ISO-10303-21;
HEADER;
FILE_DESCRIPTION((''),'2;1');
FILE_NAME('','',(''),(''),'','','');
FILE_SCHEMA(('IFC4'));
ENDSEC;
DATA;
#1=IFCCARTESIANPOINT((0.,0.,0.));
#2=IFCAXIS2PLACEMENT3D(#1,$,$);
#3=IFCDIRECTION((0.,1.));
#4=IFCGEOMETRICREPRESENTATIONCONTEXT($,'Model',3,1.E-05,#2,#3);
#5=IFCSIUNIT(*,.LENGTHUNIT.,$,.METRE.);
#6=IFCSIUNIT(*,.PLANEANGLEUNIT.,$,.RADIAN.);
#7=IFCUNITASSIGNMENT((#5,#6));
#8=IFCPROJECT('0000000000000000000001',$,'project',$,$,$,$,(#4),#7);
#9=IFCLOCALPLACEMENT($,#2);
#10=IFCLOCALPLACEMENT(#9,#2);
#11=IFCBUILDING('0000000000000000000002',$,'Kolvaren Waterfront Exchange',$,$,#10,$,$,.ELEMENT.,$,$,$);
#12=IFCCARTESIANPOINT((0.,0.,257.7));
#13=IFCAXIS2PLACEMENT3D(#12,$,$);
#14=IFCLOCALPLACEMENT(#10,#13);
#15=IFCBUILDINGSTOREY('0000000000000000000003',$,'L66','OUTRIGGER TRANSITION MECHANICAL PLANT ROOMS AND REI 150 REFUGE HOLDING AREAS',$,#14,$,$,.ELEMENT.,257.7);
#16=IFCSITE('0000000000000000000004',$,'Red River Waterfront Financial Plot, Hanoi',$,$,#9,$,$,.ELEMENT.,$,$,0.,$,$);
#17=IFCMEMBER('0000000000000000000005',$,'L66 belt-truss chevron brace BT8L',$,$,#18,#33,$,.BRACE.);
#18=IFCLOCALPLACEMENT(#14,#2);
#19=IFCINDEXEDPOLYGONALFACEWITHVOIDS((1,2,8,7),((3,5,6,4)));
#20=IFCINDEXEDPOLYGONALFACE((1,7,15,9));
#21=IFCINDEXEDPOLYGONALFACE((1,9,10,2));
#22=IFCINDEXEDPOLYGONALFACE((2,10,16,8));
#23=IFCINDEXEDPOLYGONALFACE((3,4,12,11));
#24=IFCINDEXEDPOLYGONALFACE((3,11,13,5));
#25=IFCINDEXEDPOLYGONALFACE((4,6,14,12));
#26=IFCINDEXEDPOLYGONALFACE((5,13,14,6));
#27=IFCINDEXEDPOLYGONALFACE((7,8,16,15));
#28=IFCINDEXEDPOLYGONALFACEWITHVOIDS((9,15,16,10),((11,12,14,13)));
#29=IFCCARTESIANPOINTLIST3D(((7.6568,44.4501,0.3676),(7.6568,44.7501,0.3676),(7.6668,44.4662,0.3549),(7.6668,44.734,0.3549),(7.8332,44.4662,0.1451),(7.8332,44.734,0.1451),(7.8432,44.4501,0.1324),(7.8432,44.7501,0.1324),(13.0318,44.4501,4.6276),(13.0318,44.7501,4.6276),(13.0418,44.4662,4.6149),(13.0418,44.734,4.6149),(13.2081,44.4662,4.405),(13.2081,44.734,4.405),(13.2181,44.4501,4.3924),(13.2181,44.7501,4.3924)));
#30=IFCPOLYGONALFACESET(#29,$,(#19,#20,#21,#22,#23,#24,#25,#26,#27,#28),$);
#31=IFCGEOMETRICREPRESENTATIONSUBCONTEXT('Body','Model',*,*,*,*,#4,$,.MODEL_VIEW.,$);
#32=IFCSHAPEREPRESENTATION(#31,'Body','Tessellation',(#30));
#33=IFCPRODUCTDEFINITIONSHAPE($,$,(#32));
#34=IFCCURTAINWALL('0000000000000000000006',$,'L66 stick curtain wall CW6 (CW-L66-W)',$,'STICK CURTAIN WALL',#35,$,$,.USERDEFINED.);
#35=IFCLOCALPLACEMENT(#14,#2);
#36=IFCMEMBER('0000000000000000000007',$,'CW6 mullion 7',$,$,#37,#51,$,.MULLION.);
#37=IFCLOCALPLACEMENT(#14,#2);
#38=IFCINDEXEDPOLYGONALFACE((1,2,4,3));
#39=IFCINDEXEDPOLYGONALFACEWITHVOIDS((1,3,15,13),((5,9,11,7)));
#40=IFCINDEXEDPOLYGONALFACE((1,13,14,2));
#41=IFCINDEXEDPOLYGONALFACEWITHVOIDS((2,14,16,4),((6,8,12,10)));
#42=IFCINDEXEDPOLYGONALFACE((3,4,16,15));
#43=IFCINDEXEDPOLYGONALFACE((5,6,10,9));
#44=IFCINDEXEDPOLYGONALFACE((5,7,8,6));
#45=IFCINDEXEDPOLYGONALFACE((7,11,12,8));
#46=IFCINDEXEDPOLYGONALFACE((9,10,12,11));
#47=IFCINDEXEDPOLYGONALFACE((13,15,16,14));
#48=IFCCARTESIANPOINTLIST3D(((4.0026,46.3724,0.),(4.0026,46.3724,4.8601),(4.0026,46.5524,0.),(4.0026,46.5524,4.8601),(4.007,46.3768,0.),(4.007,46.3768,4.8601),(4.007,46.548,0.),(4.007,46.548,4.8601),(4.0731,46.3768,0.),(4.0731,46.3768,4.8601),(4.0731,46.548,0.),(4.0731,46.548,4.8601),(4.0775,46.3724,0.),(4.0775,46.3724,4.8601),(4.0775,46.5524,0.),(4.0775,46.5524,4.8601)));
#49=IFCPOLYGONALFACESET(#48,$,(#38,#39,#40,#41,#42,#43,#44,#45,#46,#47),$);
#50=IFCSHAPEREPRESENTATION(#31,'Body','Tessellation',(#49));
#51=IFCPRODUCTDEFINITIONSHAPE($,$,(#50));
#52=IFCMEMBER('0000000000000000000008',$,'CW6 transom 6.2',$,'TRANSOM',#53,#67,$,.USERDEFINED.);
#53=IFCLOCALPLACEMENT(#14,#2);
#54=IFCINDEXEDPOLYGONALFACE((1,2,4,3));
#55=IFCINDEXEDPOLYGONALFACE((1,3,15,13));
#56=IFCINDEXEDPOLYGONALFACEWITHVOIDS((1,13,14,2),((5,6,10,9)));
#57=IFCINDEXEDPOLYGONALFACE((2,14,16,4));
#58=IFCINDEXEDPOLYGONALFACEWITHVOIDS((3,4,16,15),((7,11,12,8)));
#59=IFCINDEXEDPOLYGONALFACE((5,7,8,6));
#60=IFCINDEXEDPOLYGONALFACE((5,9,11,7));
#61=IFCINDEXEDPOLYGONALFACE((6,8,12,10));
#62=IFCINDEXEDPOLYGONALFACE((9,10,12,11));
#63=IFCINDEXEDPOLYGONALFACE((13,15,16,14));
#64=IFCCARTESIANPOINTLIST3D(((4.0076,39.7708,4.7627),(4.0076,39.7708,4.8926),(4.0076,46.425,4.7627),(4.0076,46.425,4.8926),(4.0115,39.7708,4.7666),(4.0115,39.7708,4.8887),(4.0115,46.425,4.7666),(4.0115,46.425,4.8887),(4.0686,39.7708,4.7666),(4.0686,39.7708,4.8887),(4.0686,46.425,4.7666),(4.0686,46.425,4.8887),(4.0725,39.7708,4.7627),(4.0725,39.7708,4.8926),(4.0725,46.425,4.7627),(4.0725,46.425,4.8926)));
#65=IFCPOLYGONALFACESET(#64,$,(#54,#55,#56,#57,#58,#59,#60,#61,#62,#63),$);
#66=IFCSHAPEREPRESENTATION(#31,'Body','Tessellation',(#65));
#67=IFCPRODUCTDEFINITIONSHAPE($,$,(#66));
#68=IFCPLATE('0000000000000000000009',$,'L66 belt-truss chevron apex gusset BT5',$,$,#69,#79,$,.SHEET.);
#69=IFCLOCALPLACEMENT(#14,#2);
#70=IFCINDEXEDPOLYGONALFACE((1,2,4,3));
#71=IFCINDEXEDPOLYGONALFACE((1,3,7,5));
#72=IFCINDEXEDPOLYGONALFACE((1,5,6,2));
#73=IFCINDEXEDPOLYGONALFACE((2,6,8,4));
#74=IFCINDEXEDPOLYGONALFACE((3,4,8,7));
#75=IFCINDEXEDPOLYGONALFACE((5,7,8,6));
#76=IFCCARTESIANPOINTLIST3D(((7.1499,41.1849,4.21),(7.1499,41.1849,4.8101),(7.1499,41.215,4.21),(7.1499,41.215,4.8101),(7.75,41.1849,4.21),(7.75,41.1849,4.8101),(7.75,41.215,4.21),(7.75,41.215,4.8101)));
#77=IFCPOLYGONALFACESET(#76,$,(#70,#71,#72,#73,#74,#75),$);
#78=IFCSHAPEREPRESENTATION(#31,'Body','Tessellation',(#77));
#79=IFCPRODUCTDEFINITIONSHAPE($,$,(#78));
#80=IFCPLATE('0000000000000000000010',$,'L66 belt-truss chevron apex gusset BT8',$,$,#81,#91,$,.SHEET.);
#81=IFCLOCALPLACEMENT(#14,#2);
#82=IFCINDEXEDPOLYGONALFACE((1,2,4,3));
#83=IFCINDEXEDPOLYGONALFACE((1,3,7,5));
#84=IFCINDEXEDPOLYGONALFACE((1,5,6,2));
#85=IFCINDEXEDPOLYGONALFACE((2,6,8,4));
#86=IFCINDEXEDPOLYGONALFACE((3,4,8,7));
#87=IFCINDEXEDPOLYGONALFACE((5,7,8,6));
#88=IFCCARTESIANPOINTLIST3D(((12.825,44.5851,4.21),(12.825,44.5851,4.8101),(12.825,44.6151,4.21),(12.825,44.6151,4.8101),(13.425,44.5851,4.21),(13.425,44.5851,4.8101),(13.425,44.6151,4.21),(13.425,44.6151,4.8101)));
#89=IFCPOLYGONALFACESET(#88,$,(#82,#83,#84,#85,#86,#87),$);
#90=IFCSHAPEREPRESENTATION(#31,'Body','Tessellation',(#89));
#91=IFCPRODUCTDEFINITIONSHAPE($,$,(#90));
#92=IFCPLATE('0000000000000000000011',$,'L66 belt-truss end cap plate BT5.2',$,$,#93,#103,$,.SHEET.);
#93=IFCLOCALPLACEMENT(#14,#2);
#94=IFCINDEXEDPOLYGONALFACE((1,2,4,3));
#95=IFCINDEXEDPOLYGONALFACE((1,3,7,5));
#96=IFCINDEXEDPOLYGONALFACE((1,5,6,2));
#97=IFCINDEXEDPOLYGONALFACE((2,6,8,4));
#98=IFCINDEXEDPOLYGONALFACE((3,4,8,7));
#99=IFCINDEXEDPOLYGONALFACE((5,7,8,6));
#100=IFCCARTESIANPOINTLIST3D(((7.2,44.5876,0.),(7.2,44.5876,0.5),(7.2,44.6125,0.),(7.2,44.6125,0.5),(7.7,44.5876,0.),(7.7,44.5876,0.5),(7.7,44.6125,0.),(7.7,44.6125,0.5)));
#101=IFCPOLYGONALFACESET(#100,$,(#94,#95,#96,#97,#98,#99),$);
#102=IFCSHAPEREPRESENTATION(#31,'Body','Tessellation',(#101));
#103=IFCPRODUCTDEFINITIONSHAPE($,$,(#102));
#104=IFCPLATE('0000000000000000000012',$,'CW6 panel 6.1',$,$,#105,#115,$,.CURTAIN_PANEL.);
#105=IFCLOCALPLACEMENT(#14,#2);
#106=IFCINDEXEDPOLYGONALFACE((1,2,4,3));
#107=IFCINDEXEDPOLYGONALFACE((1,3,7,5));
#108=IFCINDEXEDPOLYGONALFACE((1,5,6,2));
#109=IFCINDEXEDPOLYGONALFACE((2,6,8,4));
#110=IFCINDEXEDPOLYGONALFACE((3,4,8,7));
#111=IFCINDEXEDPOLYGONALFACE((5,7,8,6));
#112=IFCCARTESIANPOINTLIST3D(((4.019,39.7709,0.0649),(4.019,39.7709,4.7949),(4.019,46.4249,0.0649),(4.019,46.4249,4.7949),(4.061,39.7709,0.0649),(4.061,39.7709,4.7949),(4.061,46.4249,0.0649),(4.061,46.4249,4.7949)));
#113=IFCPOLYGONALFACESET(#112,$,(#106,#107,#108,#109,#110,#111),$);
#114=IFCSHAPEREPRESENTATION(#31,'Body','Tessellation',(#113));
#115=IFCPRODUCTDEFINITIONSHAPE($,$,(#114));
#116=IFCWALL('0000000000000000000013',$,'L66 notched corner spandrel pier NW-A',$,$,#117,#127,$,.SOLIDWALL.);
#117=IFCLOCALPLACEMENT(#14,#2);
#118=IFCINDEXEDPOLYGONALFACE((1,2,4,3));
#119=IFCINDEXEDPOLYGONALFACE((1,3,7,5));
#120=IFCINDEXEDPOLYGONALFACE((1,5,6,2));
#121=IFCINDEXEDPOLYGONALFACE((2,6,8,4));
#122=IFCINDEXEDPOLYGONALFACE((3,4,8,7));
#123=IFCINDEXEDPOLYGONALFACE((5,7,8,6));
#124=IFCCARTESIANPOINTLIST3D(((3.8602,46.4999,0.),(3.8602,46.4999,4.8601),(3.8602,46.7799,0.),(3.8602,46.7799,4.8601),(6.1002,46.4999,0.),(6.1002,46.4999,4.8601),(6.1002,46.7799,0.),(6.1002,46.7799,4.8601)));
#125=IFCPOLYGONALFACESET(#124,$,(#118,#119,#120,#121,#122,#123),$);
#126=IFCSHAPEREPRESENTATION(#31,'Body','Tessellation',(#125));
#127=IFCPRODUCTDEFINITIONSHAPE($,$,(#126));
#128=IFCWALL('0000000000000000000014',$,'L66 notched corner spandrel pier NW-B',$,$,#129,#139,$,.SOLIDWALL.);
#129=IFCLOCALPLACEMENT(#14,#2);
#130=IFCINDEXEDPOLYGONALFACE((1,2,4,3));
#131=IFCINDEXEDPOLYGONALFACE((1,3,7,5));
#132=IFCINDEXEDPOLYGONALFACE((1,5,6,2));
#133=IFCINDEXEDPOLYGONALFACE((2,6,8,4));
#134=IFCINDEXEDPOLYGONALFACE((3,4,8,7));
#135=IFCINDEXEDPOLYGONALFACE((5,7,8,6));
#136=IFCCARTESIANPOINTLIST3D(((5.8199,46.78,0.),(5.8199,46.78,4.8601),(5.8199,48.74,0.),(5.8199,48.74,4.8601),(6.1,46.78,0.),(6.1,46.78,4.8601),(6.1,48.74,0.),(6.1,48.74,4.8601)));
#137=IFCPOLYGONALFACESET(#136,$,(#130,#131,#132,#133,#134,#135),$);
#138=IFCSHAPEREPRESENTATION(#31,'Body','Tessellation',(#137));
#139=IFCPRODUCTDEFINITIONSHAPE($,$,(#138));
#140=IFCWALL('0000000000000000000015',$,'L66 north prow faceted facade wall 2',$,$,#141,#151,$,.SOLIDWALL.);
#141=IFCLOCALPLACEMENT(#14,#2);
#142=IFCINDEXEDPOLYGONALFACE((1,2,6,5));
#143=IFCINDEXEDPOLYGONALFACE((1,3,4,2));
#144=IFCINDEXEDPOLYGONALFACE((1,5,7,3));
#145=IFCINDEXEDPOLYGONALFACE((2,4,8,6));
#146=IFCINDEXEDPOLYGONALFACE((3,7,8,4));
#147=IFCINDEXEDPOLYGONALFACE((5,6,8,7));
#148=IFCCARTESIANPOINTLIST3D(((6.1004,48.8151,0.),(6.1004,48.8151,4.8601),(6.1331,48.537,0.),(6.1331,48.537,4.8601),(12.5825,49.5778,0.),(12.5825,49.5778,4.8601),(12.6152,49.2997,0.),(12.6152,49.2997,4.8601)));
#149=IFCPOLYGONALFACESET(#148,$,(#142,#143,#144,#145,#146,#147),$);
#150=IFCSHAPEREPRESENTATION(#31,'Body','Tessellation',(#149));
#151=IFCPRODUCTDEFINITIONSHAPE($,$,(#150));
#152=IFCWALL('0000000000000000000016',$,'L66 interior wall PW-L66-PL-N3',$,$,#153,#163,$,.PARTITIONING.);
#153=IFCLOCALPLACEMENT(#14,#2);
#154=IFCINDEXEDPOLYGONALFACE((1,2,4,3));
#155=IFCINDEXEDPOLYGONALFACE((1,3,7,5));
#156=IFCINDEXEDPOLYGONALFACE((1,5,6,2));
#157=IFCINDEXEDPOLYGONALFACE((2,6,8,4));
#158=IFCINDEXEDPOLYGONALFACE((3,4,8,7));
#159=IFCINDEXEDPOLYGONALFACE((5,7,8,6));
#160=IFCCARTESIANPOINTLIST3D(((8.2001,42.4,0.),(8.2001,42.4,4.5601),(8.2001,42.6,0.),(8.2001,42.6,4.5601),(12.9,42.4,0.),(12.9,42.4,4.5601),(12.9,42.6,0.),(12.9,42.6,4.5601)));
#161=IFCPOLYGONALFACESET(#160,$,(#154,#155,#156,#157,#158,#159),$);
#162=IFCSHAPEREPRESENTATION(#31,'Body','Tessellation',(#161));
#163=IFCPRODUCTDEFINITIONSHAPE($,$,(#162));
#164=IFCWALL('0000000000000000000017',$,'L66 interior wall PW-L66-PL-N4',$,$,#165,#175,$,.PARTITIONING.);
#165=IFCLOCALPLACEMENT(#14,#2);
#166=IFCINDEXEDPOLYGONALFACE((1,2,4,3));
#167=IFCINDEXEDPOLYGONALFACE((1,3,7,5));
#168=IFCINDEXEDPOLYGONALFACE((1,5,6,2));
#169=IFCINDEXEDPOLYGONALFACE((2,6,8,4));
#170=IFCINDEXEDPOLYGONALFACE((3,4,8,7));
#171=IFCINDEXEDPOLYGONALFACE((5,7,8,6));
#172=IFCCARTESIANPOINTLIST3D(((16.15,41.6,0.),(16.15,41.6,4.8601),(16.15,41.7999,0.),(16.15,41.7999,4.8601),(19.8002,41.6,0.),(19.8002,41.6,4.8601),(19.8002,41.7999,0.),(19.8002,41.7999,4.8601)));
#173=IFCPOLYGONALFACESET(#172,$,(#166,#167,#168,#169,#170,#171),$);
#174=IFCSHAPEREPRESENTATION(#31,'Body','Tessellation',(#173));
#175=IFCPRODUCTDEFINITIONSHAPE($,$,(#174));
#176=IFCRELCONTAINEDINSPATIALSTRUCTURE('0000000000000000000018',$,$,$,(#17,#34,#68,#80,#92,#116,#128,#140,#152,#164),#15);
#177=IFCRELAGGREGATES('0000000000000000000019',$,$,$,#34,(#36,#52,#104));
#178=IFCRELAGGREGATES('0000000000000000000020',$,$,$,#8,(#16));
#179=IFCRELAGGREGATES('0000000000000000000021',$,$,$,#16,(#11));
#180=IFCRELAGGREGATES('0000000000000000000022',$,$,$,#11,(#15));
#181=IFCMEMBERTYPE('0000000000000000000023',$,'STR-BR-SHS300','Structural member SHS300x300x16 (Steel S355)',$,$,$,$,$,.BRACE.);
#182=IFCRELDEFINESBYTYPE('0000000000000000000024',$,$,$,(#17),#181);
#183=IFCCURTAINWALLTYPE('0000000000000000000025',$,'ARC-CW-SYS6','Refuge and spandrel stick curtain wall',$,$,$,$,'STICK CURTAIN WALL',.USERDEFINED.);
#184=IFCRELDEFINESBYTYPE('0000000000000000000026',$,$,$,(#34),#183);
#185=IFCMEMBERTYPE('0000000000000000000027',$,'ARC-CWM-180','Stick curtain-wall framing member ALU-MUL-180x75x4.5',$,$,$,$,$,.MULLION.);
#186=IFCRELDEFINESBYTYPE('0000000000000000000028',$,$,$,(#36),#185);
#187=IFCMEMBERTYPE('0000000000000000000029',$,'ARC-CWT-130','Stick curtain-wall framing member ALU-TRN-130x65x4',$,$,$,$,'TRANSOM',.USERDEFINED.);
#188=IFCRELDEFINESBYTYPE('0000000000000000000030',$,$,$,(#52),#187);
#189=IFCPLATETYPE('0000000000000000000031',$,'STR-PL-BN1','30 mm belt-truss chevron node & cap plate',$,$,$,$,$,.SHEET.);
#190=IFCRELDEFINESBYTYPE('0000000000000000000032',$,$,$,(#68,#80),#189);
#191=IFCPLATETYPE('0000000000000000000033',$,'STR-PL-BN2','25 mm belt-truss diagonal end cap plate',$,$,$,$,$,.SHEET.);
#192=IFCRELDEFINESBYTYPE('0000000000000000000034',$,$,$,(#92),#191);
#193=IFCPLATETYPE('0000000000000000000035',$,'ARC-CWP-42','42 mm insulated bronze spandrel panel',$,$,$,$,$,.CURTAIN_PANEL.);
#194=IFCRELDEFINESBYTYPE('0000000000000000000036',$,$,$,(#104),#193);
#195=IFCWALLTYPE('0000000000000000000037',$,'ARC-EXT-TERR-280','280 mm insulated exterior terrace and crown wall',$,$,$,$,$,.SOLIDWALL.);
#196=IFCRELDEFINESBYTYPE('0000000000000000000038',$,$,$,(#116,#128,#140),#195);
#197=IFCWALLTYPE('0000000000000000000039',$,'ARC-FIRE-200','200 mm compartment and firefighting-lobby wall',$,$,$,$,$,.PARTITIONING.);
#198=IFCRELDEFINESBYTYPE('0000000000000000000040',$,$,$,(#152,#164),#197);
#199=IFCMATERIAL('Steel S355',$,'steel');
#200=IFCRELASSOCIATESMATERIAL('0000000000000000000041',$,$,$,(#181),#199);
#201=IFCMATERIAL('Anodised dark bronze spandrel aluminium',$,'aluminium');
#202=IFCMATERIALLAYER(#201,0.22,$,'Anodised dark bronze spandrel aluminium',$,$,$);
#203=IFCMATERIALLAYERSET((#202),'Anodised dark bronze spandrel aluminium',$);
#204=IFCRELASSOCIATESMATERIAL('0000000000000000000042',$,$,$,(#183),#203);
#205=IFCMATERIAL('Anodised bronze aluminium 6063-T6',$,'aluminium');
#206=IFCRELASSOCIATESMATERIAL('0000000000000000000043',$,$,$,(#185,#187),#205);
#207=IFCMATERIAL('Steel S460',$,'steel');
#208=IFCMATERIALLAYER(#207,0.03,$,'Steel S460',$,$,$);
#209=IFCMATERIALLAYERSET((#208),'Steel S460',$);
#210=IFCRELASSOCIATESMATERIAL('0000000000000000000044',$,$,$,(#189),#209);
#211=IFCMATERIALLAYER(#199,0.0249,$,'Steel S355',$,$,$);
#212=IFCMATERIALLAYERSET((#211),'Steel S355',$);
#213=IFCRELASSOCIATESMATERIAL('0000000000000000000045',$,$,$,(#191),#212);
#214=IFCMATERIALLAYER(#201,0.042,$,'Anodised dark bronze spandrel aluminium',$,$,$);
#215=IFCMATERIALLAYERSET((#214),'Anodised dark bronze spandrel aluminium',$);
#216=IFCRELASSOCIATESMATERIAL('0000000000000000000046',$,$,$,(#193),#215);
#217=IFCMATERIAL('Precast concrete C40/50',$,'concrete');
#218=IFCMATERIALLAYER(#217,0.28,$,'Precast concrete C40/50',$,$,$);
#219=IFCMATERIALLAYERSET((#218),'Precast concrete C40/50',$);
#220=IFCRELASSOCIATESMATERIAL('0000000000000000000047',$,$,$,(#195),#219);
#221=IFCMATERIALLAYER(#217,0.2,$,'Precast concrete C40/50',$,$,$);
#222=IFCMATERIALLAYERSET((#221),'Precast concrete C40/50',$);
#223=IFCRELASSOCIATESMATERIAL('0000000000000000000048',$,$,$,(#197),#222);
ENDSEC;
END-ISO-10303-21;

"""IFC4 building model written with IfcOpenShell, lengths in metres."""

from ifc_helpers import new_model, si_unit, direction, frame, frame_2d, origin, origin_with_axes, origin_2d, place, context, subcontext, project, spatial, rectangle, hollow_rectangle, extrude, source, transform, mapped, material, layer, layer_set, material_profile, profile_set, type_object, element, aggregate, save


model = new_model("IFC4")

# Units and contexts
model_context = context("Model", 3, precision=1e-05, world=origin(), true_north=direction((0.0, 1.0)))
body_context = subcontext(model_context, "Body", "Model", "MODEL_VIEW")
ifc_project = project(units=[si_unit("LENGTHUNIT", "METRE"), si_unit("PLANEANGLEUNIT", "RADIAN")], contexts=[model_context])

# Site, building, storey
site_placement = place(None, origin())
site = spatial("IfcSite", under=ifc_project, at=site_placement, Name="Red River Waterfront Financial Plot, Hanoi", CompositionType="ELEMENT", RefElevation=0.0)
building_placement = place(site_placement, origin())
building = spatial("IfcBuilding", under=site, at=building_placement, Name="Kolvaren Waterfront Exchange", CompositionType="ELEMENT")
storey_placement = place(building_placement, frame((0.0, 0.0, 257.7)))
storey = spatial("IfcBuildingStorey", under=building, at=storey_placement, Name="L66", Description="OUTRIGGER TRANSITION MECHANICAL PLANT ROOMS AND REI 150 REFUGE HOLDING AREAS", CompositionType="ELEMENT", Elevation=257.7)

# Shared definitions
ifc_material_1 = material(Name="Steel S355", Category="steel")

# Member
ifc_material_2 = material(Name="Steel S460", Category="steel")
ifc_material_profile_1 = material_profile(ifc_material_1, hollow_rectangle(XDim=0.3, YDim=0.3, WallThickness=0.0161, at=origin_2d()), Name="SHS300x300x16")
ifc_profile_set_1 = profile_set([ifc_material_profile_1], Name="Steel S355")
member_type_1 = type_object("IfcMemberType", Name="STR-BR-SHS300", Description="Structural member SHS300x300x16 (Steel S355)", PredefinedType="BRACE", material=ifc_profile_set_1)
member_1_placement = place(storey_placement, frame((7.75, 44.6001, 0.25), z_axis=(0.783705, 0.0, 0.621133), x_axis=(0.0, 1.0, 0.0)))
element("IfcMember", 1, at=member_1_placement, inside=storey, type_object=member_type_1, Name="L66 belt-truss chevron brace BT8L", PredefinedType="BRACE", context=body_context, shape_type="SweptSolid", body=[
    extrude(hollow_rectangle(XDim=0.3, YDim=0.3, WallThickness=0.0161, at=origin_2d()), origin(), (0.0, 0.0, 1.0), 6.8584),
])

# Curtain wall, members
ifc_material_3 = material(Name="Anodised dark bronze spandrel aluminium", Category="aluminium")
ifc_layer_1 = layer(ifc_material_3, 0.22, Name="Anodised dark bronze spandrel aluminium")
ifc_layer_set_1 = layer_set([ifc_layer_1], Name="Anodised dark bronze spandrel aluminium")
curtain_wall_type = type_object("IfcCurtainWallType", Name="ARC-CW-SYS6", Description="Refuge and spandrel stick curtain wall", ElementType="STICK CURTAIN WALL", PredefinedType="USERDEFINED", material=ifc_layer_set_1)
curtain_wall_placement = place(storey_placement, origin())
curtain_wall = element("IfcCurtainWall", 2, at=curtain_wall_placement, inside=storey, type_object=curtain_wall_type, Name="L66 stick curtain wall CW6 (CW-L66-W)", ObjectType="STICK CURTAIN WALL", PredefinedType="USERDEFINED")
ifc_material_4 = material(Name="Anodised bronze aluminium 6063-T6", Category="aluminium")
ifc_material_profile_2 = material_profile(ifc_material_4, hollow_rectangle(XDim=0.075, YDim=0.1799, WallThickness=0.0044, at=origin_2d()), Name="ALU-MUL-180x75x4.5")
ifc_profile_set_2 = profile_set([ifc_material_profile_2], Name="Anodised bronze aluminium 6063-T6")
member_type_2 = type_object("IfcMemberType", Name="ARC-CWM-180", Description="Stick curtain-wall framing member ALU-MUL-180x75x4.5", PredefinedType="MULLION", material=ifc_profile_set_2)
shared_shape_1 = source(origin_with_axes(), body_context, "Body", "SweptSolid", [
    extrude(hollow_rectangle(XDim=0.075, YDim=0.1799, WallThickness=0.0044, at=origin_2d()), origin(), (0.0, 0.0, 1.0), 4.8601),
])
member_2_placement = place(storey_placement, frame((4.04, 46.4624, 0.0), z_axis=(0.0, 0.0, 1.0), x_axis=(-1.0, 0.0, 0.0)))
member_2 = element("IfcMember", 3, at=member_2_placement, type_object=member_type_2, Name="CW6 mullion 7", PredefinedType="MULLION", context=body_context, shape_type="MappedRepresentation", body=[
    mapped(shared_shape_1, transform((0.0, 0.0, 0.0), x_axis=(1.0, 0.0, 0.0), y_axis=(0.0, 1.0, 0.0), z_axis=(0.0, 0.0, 1.0), scale=1.0)),
])
ifc_material_profile_3 = material_profile(ifc_material_4, hollow_rectangle(XDim=0.0649, YDim=0.1299, WallThickness=0.0039, at=origin_2d()), Name="ALU-TRN-130x65x4")
ifc_profile_set_3 = profile_set([ifc_material_profile_3], Name="Anodised bronze aluminium 6063-T6")
member_type_3 = type_object("IfcMemberType", Name="ARC-CWT-130", Description="Stick curtain-wall framing member ALU-TRN-130x65x4", ElementType="TRANSOM", PredefinedType="USERDEFINED", material=ifc_profile_set_3)
shared_shape_2 = source(origin_with_axes(), body_context, "Body", "SweptSolid", [
    extrude(hollow_rectangle(XDim=0.0649, YDim=0.1299, WallThickness=0.0039, at=origin_2d()), origin(), (0.0, 0.0, 1.0), 6.6543),
])
member_3_placement = place(storey_placement, frame((4.04, 39.7708, 4.8276), z_axis=(0.0, 1.0, 0.0), x_axis=(-1.0, 0.0, 0.0)))
member_3 = element("IfcMember", 4, at=member_3_placement, type_object=member_type_3, Name="CW6 transom 6.2", ObjectType="TRANSOM", PredefinedType="USERDEFINED", context=body_context, shape_type="MappedRepresentation", body=[
    mapped(shared_shape_2, transform((0.0, 0.0, 0.0), x_axis=(1.0, 0.0, 0.0), y_axis=(0.0, 1.0, 0.0), z_axis=(0.0, 0.0, 1.0), scale=1.0)),
])

# Plates
ifc_layer_2 = layer(ifc_material_2, 0.03, Name="Steel S460")
ifc_layer_set_2 = layer_set([ifc_layer_2], Name="Steel S460")
plate_type_1 = type_object("IfcPlateType", Name="STR-PL-BN1", Description="30 mm belt-truss chevron node & cap plate", PredefinedType="SHEET", material=ifc_layer_set_2)
shared_shape_3 = source(origin_with_axes(), body_context, "Body", "SweptSolid", [
    extrude(rectangle(XDim=0.6001, YDim=0.03, at=origin_2d()), origin(), (0.0, 0.0, 1.0), 0.6001),
])
for number, where, z_axis, x_axis, name in (
    (5, (7.45, 41.2, 4.21), (0.0, 0.0, 1.0), (1.0, 0.0, 0.0), "L66 belt-truss chevron apex gusset BT5"),
    (6, (13.125, 44.6001, 4.21), (0.0, 0.0, 1.0), (1.0, 0.0, 0.0), "L66 belt-truss chevron apex gusset BT8"),
):
    element("IfcPlate", number, at=place(storey_placement, frame(where, z_axis=z_axis, x_axis=x_axis)), inside=storey, type_object=plate_type_1, Name=name, PredefinedType="SHEET", context=body_context, shape_type="MappedRepresentation", body=[
        mapped(shared_shape_3, transform((0.0, 0.0, 0.0), x_axis=(1.0, 0.0, 0.0), y_axis=(0.0, 1.0, 0.0), z_axis=(0.0, 0.0, 1.0), scale=1.0)),
    ])
ifc_layer_3 = layer(ifc_material_1, 0.0249, Name="Steel S355")
ifc_layer_set_3 = layer_set([ifc_layer_3], Name="Steel S355")
plate_type_2 = type_object("IfcPlateType", Name="STR-PL-BN2", Description="25 mm belt-truss diagonal end cap plate", PredefinedType="SHEET", material=ifc_layer_set_3)
shared_shape_4 = source(origin_with_axes(), body_context, "Body", "SweptSolid", [
    extrude(rectangle(XDim=0.5, YDim=0.0249, at=origin_2d()), origin(), (0.0, 0.0, 1.0), 0.5),
])
plate_1_placement = place(storey_placement, frame((7.45, 44.6001, 0.0), z_axis=(0.0, 0.0, 1.0), x_axis=(1.0, 0.0, 0.0)))
element("IfcPlate", 7, at=plate_1_placement, inside=storey, type_object=plate_type_2, Name="L66 belt-truss end cap plate BT5.2", PredefinedType="SHEET", context=body_context, shape_type="MappedRepresentation", body=[
    mapped(shared_shape_4, transform((0.0, 0.0, 0.0), x_axis=(1.0, 0.0, 0.0), y_axis=(0.0, 1.0, 0.0), z_axis=(0.0, 0.0, 1.0), scale=1.0)),
])

# Plate
ifc_layer_4 = layer(ifc_material_3, 0.042, Name="Anodised dark bronze spandrel aluminium")
ifc_layer_set_4 = layer_set([ifc_layer_4], Name="Anodised dark bronze spandrel aluminium")
plate_type_3 = type_object("IfcPlateType", Name="ARC-CWP-42", Description="42 mm insulated bronze spandrel panel", PredefinedType="CURTAIN_PANEL", material=ifc_layer_set_4)
shared_shape_5 = source(origin_with_axes(), body_context, "Body", "SweptSolid", [
    extrude(rectangle(XDim=6.6541, YDim=0.042, at=origin_2d()), origin(), (0.0, 0.0, 1.0), 4.73),
])
plate_2_placement = place(storey_placement, frame((4.04, 43.0979, 0.0649), z_axis=(0.0, 0.0, 1.0), x_axis=(0.0, 1.0, 0.0)))
plate_2 = element("IfcPlate", 8, at=plate_2_placement, type_object=plate_type_3, Name="CW6 panel 6.1", PredefinedType="CURTAIN_PANEL", context=body_context, shape_type="MappedRepresentation", body=[
    mapped(shared_shape_5, transform((0.0, 0.0, 0.0), x_axis=(1.0, 0.0, 0.0), y_axis=(0.0, 1.0, 0.0), z_axis=(0.0, 0.0, 1.0), scale=1.0)),
])
aggregate(curtain_wall, [member_2, member_3, plate_2])

# Walls
ifc_material_5 = material(Name="Precast concrete C40/50", Category="concrete")
ifc_layer_5 = layer(ifc_material_5, 0.28, Name="Precast concrete C40/50")
ifc_layer_set_5 = layer_set([ifc_layer_5], Name="Precast concrete C40/50")
wall_type_1 = type_object("IfcWallType", Name="ARC-EXT-TERR-280", Description="280 mm insulated exterior terrace and crown wall", PredefinedType="SOLIDWALL", material=ifc_layer_set_5)
wall_1_placement = place(storey_placement, frame((3.8601, 46.6399, 0.0), z_axis=(0.0, 0.0, 1.0), x_axis=(1.0, 0.0, 0.0)))
element("IfcWall", 9, at=wall_1_placement, inside=storey, type_object=wall_type_1, Name="L66 notched corner spandrel pier NW-A", PredefinedType="SOLIDWALL", context=body_context, shape_type="SweptSolid", body=[
    extrude(rectangle(XDim=2.24, YDim=0.28, at=frame_2d((1.1201, 0.0))), origin(), (0.0, 0.0, 1.0), 4.8601),
])
wall_2_placement = place(storey_placement, frame((5.96, 46.78, 0.0), z_axis=(0.0, 0.0, 1.0), x_axis=(0.0, 1.0, 0.0)))
element("IfcWall", 10, at=wall_2_placement, inside=storey, type_object=wall_type_1, Name="L66 notched corner spandrel pier NW-B", PredefinedType="SOLIDWALL", context=body_context, shape_type="SweptSolid", body=[
    extrude(rectangle(XDim=1.96, YDim=0.28, at=frame_2d((0.98, 0.0))), origin(), (0.0, 0.0, 1.0), 4.8601),
])
wall_3_placement = place(storey_placement, frame((12.5989, 49.4387, 0.0), z_axis=(0.0, 0.0, 1.0), x_axis=(-0.993149, -0.116854, 0.0)))
element("IfcWall", 11, at=wall_3_placement, inside=storey, type_object=wall_type_1, Name="L66 north prow faceted facade wall 2", PredefinedType="SOLIDWALL", context=body_context, shape_type="SweptSolid", body=[
    extrude(rectangle(XDim=6.5269, YDim=0.28, at=frame_2d((3.2634, 0.0))), origin(), (0.0, 0.0, 1.0), 4.8601),
])
ifc_layer_6 = layer(ifc_material_5, 0.2, Name="Precast concrete C40/50")
ifc_layer_set_6 = layer_set([ifc_layer_6], Name="Precast concrete C40/50")
wall_type_2 = type_object("IfcWallType", Name="ARC-FIRE-200", Description="200 mm compartment and firefighting-lobby wall", PredefinedType="PARTITIONING", material=ifc_layer_set_6)
wall_4_placement = place(storey_placement, frame((8.2, 42.5, 0.0), z_axis=(0.0, 0.0, 1.0), x_axis=(1.0, 0.0, 0.0)))
element("IfcWall", 12, at=wall_4_placement, inside=storey, type_object=wall_type_2, Name="L66 interior wall PW-L66-PL-N3", PredefinedType="PARTITIONING", context=body_context, shape_type="SweptSolid", body=[
    extrude(rectangle(XDim=4.7, YDim=0.2, at=frame_2d((2.3501, 0.0))), origin(), (0.0, 0.0, 1.0), 4.5601),
])
wall_5_placement = place(storey_placement, frame((16.1499, 41.7, 0.0), z_axis=(0.0, 0.0, 1.0), x_axis=(1.0, 0.0, 0.0)))
element("IfcWall", 13, at=wall_5_placement, inside=storey, type_object=wall_type_2, Name="L66 interior wall PW-L66-PL-N4", PredefinedType="PARTITIONING", context=body_context, shape_type="SweptSolid", body=[
    extrude(rectangle(XDim=3.6501, YDim=0.2, at=frame_2d((1.8252, 0.0))), origin(), (0.0, 0.0, 1.0), 4.8601),
])

save(model, "model.ifc")
